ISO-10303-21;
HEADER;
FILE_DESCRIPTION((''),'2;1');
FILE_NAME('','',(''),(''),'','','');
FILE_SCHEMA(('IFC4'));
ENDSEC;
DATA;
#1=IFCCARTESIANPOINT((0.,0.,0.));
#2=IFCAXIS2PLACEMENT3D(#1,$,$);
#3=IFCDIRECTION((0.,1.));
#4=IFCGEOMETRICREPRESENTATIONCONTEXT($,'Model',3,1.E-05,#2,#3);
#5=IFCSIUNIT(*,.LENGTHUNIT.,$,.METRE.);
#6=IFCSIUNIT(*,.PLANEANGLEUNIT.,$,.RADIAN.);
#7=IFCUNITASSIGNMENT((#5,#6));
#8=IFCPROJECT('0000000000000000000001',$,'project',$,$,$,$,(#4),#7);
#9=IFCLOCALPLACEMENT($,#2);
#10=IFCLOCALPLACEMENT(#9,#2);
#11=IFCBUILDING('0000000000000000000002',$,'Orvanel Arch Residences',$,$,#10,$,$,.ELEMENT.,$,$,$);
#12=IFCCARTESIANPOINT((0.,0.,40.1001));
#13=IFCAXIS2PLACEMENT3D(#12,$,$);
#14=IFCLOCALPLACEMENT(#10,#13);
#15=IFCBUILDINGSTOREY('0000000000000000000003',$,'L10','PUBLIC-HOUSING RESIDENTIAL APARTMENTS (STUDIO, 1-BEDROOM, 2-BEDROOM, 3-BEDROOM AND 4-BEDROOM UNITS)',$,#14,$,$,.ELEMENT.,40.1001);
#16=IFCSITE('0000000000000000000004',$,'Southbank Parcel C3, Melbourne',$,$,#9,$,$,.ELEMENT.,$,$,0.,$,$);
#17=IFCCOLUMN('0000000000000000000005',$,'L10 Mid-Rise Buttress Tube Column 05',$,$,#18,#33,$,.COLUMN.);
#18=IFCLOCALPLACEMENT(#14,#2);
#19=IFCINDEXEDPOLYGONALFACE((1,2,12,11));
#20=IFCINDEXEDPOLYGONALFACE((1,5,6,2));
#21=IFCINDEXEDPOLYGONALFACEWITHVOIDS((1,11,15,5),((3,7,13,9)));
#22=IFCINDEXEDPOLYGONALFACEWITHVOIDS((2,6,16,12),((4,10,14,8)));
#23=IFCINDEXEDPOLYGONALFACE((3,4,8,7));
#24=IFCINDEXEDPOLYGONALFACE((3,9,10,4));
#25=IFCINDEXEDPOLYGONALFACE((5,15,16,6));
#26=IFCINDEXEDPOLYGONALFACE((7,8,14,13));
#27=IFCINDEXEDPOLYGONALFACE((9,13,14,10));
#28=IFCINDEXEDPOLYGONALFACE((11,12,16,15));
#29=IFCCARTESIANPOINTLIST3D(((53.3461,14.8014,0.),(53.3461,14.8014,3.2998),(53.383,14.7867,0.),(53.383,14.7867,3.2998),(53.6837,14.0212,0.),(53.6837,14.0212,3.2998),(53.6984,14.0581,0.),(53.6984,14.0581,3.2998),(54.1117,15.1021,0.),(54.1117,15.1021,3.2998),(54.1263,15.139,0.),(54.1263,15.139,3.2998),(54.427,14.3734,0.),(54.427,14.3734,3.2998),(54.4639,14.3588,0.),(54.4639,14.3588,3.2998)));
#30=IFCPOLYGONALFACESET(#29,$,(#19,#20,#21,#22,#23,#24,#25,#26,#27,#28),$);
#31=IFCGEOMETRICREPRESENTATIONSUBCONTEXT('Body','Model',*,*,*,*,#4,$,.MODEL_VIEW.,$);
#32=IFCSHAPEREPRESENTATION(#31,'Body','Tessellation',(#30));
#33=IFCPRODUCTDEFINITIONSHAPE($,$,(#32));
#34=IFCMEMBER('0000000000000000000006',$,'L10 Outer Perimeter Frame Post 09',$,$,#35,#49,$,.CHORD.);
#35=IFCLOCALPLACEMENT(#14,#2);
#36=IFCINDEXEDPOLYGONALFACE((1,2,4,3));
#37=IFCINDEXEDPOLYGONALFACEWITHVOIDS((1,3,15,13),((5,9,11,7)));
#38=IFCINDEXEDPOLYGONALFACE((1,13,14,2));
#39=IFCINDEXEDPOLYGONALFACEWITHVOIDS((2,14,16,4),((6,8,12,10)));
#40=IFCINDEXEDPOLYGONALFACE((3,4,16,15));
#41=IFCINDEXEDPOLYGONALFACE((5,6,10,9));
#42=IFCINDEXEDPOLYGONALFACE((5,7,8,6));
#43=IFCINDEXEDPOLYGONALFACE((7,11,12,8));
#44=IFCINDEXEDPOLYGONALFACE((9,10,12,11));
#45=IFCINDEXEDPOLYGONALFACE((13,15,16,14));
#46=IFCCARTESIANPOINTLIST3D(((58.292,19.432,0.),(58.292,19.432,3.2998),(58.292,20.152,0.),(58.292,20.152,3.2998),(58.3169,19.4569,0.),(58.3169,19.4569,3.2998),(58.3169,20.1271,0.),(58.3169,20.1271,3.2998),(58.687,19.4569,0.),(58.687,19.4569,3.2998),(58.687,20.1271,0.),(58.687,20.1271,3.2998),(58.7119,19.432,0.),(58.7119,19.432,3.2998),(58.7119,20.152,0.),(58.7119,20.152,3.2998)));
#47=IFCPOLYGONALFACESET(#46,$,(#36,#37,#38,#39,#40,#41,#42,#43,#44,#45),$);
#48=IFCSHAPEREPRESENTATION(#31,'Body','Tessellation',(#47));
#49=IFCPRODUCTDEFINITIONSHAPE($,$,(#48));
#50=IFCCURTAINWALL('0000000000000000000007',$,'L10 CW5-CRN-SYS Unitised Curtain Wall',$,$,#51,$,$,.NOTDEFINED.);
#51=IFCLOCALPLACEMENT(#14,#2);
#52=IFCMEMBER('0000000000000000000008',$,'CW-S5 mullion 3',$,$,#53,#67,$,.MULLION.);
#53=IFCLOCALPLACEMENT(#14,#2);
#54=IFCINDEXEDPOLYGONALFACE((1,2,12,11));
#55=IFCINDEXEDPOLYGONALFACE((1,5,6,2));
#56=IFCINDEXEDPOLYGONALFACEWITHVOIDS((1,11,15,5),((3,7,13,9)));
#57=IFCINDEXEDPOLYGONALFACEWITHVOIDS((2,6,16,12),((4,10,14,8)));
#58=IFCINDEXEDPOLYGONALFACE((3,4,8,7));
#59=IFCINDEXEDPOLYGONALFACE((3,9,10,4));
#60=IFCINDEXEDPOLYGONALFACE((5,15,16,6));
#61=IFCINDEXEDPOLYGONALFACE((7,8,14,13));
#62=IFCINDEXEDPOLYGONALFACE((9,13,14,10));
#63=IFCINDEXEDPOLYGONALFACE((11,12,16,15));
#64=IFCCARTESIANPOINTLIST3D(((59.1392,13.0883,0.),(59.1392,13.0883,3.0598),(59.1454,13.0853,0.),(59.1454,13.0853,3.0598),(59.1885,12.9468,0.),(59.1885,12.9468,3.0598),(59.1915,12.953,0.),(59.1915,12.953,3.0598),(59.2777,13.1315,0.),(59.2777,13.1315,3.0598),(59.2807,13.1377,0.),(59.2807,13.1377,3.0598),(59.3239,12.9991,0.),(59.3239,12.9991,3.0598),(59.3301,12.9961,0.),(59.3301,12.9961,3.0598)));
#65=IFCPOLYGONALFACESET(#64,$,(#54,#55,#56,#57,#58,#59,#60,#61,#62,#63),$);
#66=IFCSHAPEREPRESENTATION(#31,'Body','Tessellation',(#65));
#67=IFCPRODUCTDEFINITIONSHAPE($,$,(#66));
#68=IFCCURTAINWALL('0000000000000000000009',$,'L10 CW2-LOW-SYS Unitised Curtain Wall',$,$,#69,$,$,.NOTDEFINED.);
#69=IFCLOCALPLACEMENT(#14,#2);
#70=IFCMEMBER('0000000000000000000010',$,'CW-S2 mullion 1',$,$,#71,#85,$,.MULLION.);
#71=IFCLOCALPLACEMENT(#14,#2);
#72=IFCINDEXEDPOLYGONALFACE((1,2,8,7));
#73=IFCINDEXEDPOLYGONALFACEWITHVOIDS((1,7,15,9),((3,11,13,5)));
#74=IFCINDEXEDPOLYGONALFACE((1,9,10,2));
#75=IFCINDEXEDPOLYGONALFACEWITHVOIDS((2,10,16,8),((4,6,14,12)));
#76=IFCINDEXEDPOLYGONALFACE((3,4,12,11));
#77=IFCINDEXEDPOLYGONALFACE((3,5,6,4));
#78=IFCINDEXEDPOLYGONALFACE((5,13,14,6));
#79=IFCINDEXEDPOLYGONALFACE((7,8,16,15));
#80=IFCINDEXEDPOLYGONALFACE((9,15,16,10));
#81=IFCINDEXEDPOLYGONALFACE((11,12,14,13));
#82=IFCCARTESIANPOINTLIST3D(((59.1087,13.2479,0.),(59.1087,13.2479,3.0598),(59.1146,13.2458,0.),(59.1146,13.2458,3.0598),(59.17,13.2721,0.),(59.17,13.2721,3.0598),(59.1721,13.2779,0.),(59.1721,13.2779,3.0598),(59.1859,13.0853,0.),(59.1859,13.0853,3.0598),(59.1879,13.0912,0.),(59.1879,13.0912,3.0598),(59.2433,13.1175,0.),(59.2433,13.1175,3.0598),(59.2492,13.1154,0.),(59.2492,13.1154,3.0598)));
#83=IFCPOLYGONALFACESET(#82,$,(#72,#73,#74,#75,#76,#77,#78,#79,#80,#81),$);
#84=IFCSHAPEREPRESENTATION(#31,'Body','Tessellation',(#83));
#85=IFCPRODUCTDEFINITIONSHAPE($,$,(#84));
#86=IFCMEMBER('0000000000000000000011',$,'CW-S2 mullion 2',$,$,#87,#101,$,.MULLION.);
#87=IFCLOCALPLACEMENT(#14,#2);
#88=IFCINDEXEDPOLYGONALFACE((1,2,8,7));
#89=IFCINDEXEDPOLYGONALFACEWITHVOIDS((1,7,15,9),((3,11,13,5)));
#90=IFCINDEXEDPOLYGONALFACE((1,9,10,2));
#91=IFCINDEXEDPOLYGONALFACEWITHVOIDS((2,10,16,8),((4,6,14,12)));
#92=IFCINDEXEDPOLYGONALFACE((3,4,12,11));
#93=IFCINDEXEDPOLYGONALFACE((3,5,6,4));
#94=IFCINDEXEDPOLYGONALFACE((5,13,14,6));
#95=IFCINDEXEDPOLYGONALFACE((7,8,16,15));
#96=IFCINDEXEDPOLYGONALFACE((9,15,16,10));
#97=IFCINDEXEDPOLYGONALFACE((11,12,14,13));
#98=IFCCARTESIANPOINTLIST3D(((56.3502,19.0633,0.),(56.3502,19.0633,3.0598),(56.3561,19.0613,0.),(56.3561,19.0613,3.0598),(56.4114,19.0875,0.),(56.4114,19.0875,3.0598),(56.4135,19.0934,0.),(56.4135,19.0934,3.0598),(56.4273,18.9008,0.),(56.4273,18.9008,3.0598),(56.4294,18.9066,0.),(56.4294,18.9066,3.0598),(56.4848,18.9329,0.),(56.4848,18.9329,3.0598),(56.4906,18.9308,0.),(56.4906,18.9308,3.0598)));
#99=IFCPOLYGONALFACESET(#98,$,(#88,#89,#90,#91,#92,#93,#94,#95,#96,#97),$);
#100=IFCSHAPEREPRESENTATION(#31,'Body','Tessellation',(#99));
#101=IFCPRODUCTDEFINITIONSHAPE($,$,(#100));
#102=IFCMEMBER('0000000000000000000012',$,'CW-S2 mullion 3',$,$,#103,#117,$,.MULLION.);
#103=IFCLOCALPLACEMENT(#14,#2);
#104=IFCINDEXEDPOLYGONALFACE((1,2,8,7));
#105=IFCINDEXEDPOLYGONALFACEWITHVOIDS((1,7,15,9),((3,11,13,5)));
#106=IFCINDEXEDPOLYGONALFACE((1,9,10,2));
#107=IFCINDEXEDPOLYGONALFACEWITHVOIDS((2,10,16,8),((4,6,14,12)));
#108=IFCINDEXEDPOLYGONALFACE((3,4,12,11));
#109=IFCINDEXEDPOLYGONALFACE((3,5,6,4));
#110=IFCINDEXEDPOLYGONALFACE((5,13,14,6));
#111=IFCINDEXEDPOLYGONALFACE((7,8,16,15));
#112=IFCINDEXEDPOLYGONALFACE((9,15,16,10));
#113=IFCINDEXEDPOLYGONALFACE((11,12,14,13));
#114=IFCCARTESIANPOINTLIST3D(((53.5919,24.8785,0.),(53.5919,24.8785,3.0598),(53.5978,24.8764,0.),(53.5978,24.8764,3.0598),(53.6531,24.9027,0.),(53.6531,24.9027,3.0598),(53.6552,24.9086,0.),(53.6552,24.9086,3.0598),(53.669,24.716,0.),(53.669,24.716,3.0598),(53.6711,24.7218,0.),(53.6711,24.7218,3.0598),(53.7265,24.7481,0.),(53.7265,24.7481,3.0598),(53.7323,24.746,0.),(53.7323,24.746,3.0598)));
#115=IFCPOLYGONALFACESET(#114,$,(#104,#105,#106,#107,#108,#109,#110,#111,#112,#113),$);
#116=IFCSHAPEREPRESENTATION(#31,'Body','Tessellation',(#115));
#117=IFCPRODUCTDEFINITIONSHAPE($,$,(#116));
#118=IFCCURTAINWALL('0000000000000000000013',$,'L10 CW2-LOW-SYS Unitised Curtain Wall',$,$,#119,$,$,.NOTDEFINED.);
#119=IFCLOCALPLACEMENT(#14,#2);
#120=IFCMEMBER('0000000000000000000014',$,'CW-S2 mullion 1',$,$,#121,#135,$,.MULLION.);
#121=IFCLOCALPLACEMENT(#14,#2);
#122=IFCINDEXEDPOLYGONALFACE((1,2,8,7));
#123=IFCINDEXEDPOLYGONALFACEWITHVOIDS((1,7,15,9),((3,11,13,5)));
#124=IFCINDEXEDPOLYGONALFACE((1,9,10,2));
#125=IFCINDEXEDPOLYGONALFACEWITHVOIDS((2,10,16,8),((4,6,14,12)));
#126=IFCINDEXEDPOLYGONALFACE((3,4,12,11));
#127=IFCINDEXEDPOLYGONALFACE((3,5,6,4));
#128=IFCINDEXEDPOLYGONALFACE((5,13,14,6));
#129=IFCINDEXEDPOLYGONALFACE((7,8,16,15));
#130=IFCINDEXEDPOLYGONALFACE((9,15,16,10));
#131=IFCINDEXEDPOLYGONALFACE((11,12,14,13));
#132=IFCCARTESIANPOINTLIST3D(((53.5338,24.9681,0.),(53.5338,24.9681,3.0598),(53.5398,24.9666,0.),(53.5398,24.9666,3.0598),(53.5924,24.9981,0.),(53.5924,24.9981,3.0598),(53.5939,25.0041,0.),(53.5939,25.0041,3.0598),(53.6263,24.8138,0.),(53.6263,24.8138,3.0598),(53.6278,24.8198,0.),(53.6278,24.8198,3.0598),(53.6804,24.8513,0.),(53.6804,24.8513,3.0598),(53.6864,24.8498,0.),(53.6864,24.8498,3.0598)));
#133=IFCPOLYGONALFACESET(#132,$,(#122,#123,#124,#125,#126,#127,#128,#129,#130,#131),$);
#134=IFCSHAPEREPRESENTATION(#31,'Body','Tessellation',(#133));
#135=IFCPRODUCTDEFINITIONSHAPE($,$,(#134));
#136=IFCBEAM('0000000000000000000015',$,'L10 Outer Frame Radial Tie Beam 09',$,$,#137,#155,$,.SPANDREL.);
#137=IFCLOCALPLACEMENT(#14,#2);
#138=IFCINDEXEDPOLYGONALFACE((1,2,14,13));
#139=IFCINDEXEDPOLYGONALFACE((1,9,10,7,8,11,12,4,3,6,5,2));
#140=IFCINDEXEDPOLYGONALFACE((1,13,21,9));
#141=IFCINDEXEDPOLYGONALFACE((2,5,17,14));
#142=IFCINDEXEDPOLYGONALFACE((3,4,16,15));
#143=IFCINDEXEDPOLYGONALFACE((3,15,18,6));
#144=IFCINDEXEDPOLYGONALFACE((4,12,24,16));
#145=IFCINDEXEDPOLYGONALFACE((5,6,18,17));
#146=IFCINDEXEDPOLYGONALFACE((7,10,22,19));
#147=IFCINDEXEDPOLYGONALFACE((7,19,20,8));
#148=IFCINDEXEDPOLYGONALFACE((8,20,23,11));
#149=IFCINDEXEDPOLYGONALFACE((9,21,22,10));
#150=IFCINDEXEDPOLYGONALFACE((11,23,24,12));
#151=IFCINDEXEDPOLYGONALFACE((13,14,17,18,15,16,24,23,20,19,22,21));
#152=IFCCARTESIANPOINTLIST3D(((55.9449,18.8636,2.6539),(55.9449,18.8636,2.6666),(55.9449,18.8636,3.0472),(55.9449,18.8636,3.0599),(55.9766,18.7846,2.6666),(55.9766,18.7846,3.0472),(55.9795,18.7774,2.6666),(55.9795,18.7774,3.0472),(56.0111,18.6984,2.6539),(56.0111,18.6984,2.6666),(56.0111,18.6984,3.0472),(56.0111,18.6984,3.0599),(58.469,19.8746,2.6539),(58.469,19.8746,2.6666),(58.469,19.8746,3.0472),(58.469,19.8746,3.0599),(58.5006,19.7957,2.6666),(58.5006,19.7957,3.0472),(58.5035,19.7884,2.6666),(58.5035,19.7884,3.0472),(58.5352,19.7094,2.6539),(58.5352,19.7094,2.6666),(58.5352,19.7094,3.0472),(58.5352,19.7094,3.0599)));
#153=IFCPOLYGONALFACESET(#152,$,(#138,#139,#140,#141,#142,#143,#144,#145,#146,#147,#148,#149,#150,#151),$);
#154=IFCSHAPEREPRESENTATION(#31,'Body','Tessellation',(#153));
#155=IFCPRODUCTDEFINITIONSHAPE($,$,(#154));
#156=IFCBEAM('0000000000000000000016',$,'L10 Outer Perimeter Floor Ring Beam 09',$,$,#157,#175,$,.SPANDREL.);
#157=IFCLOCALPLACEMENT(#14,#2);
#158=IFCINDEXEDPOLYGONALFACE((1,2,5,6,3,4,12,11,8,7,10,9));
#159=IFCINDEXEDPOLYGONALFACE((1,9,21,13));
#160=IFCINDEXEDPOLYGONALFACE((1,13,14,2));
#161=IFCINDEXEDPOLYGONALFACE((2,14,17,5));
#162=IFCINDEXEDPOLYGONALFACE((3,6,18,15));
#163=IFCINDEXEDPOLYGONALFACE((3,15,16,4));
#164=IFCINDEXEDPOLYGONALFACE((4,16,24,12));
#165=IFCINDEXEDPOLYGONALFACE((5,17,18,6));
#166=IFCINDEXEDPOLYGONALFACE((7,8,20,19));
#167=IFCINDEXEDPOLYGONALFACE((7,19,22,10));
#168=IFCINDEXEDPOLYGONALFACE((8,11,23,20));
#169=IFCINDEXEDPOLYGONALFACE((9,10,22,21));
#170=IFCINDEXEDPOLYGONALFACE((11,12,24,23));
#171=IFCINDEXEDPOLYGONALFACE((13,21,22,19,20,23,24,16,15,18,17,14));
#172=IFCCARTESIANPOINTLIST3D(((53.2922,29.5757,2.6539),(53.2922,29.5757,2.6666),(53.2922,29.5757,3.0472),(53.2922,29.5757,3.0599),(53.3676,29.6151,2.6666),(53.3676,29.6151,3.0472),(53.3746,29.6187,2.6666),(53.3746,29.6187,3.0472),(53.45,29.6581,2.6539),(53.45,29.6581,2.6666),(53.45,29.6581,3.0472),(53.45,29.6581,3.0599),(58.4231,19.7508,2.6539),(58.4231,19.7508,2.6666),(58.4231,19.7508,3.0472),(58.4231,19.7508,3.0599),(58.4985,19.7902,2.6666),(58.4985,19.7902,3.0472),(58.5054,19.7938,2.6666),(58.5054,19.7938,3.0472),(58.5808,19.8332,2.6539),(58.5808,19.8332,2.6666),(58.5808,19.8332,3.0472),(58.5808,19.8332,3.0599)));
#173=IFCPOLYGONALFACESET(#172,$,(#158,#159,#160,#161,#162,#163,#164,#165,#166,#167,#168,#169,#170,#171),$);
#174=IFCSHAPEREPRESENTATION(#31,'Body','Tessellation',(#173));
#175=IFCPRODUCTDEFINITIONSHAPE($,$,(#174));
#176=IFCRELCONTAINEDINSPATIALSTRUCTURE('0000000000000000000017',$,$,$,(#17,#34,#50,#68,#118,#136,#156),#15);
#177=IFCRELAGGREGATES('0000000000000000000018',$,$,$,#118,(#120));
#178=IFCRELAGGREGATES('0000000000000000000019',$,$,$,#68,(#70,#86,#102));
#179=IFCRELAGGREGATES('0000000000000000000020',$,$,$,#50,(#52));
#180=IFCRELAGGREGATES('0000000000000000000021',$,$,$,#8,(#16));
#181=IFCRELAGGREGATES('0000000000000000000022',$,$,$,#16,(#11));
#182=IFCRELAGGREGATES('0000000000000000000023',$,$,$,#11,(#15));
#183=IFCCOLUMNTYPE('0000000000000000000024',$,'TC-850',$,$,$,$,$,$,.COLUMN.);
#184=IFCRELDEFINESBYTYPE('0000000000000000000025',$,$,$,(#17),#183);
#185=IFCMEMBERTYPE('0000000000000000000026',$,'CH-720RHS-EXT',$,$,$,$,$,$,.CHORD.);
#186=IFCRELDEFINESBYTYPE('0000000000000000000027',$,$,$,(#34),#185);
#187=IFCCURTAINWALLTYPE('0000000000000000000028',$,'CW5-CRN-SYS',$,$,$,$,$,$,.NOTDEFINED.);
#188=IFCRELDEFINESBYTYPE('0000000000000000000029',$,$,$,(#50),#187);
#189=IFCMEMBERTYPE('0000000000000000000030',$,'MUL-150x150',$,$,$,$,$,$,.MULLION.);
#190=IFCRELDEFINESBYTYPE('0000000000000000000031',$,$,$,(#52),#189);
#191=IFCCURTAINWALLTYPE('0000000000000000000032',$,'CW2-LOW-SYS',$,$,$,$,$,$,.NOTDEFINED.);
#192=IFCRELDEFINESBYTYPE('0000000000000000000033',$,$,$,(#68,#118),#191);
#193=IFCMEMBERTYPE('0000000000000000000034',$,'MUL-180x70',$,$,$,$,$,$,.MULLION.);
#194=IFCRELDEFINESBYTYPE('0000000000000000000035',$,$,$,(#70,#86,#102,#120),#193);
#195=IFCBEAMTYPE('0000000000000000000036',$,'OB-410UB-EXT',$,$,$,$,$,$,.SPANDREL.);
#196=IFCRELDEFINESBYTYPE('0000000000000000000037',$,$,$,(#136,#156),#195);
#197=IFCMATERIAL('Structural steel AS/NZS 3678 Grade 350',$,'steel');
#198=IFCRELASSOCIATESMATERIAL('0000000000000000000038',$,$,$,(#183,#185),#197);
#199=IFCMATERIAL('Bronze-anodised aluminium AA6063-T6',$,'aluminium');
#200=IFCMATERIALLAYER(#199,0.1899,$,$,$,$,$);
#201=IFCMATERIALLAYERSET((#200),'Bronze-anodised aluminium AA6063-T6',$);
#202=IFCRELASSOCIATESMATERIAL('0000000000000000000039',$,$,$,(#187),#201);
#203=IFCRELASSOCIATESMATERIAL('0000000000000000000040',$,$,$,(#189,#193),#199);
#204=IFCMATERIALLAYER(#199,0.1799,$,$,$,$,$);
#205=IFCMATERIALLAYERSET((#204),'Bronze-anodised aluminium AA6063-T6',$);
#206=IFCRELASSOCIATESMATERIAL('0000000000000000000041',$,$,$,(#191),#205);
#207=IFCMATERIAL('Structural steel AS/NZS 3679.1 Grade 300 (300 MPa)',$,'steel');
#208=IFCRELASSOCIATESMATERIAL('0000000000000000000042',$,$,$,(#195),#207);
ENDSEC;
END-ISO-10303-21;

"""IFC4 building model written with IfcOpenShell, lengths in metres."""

from ifc_helpers import new_model, si_unit, direction, frame, origin, origin_2d, place, context, subcontext, project, spatial, hollow_rectangle, i_section, extrude, material, layer, layer_set, material_profile, profile_set, type_object, element, aggregate, save


model = new_model("IFC4")

# Units and contexts
model_context = context("Model", 3, precision=1e-05, world=origin(), true_north=direction((0.0, 1.0)))
body_context = subcontext(model_context, "Body", "Model", "MODEL_VIEW")
ifc_project = project(units=[si_unit("LENGTHUNIT", "METRE"), si_unit("PLANEANGLEUNIT", "RADIAN")], contexts=[model_context])

# Site, building, storey
site_placement = place(None, origin())
site = spatial("IfcSite", under=ifc_project, at=site_placement, Name="Southbank Parcel C3, Melbourne", CompositionType="ELEMENT", RefElevation=0.0)
building_placement = place(site_placement, origin())
building = spatial("IfcBuilding", under=site, at=building_placement, Name="Orvanel Arch Residences", CompositionType="ELEMENT")
storey_placement = place(building_placement, frame((0.0, 0.0, 40.1001)))
storey = spatial("IfcBuildingStorey", under=building, at=storey_placement, Name="L10", Description="PUBLIC-HOUSING RESIDENTIAL APARTMENTS (STUDIO, 1-BEDROOM, 2-BEDROOM, 3-BEDROOM AND 4-BEDROOM UNITS)", CompositionType="ELEMENT", Elevation=40.1001)

# Column
ifc_material_1 = material(Name="Structural steel AS/NZS 3678 Grade 350", Category="steel")
ifc_material_profile_1 = material_profile(ifc_material_1, hollow_rectangle(XDim=0.8501, YDim=0.8501, WallThickness=0.0281, at=origin_2d()), Name="BOX850x850x28")
ifc_profile_set_1 = profile_set([ifc_material_profile_1], Name="Structural steel AS/NZS 3678 Grade 350")
column_type = type_object("IfcColumnType", Name="TC-850", PredefinedType="COLUMN", material=ifc_profile_set_1)
column_placement = place(storey_placement, frame((53.905, 14.5801, 0.0), z_axis=(0.0, 0.0, 1.0), x_axis=(-0.397148, 0.917755, 0.0)))
element("IfcColumn", 1, at=column_placement, inside=storey, type_object=column_type, Name="L10 Mid-Rise Buttress Tube Column 05", PredefinedType="COLUMN", context=body_context, shape_type="SweptSolid", body=[
    extrude(hollow_rectangle(XDim=0.8501, YDim=0.8501, WallThickness=0.0281, at=origin_2d()), origin(), (0.0, 0.0, 1.0), 3.2998),
])

# Member
ifc_material_profile_2 = material_profile(ifc_material_1, hollow_rectangle(XDim=0.4199, YDim=0.72, WallThickness=0.0249, at=origin_2d()), Name="RHS720x420x25")
ifc_profile_set_2 = profile_set([ifc_material_profile_2], Name="Structural steel AS/NZS 3678 Grade 350")
member_type_1 = type_object("IfcMemberType", Name="CH-720RHS-EXT", PredefinedType="CHORD", material=ifc_profile_set_2)
member_1_placement = place(storey_placement, frame((58.502, 19.792, 0.0), z_axis=(0.0, 0.0, 1.0), x_axis=(1.0, 0.0, 0.0)))
element("IfcMember", 2, at=member_1_placement, inside=storey, type_object=member_type_1, Name="L10 Outer Perimeter Frame Post 09", PredefinedType="CHORD", context=body_context, shape_type="SweptSolid", body=[
    extrude(hollow_rectangle(XDim=0.4199, YDim=0.72, WallThickness=0.0249, at=origin_2d()), origin(), (0.0, 0.0, 1.0), 3.2998),
])

# Curtain wall, member
ifc_material_2 = material(Name="Bronze-anodised aluminium AA6063-T6", Category="aluminium")
ifc_layer_1 = layer(ifc_material_2, 0.1899)
ifc_layer_set_1 = layer_set([ifc_layer_1], Name="Bronze-anodised aluminium AA6063-T6")
curtain_wall_type_1 = type_object("IfcCurtainWallType", Name="CW5-CRN-SYS", PredefinedType="NOTDEFINED", material=ifc_layer_set_1)
curtain_wall_1_placement = place(storey_placement, origin())
curtain_wall_1 = element("IfcCurtainWall", 3, at=curtain_wall_1_placement, inside=storey, type_object=curtain_wall_type_1, Name="L10 CW5-CRN-SYS Unitised Curtain Wall", PredefinedType="NOTDEFINED")
ifc_material_profile_3 = material_profile(ifc_material_2, hollow_rectangle(XDim=0.1499, YDim=0.1499, WallThickness=0.0049, at=origin_2d()), Name="ALU150x150x5")
ifc_profile_set_3 = profile_set([ifc_material_profile_3], Name="Bronze-anodised aluminium AA6063-T6")
member_type_2 = type_object("IfcMemberType", Name="MUL-150x150", PredefinedType="MULLION", material=ifc_profile_set_3)
member_2_placement = place(storey_placement, frame((59.2346, 13.0422, 0.0), z_axis=(0.0, 0.0, 1.0), x_axis=(-0.944244, -0.329246, 0.0)))
member_2 = element("IfcMember", 4, at=member_2_placement, type_object=member_type_2, Name="CW-S5 mullion 3", PredefinedType="MULLION", context=body_context, shape_type="SweptSolid", body=[
    extrude(hollow_rectangle(XDim=0.1499, YDim=0.1499, WallThickness=0.0049, at=origin_2d()), origin(), (0.0, 0.0, 1.0), 3.0598),
])

# Curtain wall, members
ifc_layer_2 = layer(ifc_material_2, 0.1799)
ifc_layer_set_2 = layer_set([ifc_layer_2], Name="Bronze-anodised aluminium AA6063-T6")
curtain_wall_type_2 = type_object("IfcCurtainWallType", Name="CW2-LOW-SYS", PredefinedType="NOTDEFINED", material=ifc_layer_set_2)
curtain_wall_2_placement = place(storey_placement, origin())
curtain_wall_2 = element("IfcCurtainWall", 5, at=curtain_wall_2_placement, inside=storey, type_object=curtain_wall_type_2, Name="L10 CW2-LOW-SYS Unitised Curtain Wall", PredefinedType="NOTDEFINED")
ifc_material_profile_4 = material_profile(ifc_material_2, hollow_rectangle(XDim=0.0701, YDim=0.1799, WallThickness=0.0044, at=origin_2d()), Name="ALU180x70x4.5")
ifc_profile_set_4 = profile_set([ifc_material_profile_4], Name="Bronze-anodised aluminium AA6063-T6")
member_type_3 = type_object("IfcMemberType", Name="MUL-180x70", PredefinedType="MULLION", material=ifc_profile_set_4)
member_3_placement = place(storey_placement, frame((59.179, 13.1816, 0.0), z_axis=(0.0, 0.0, 1.0), x_axis=(-0.903506, -0.428575, 0.0)))
member_3 = element("IfcMember", 6, at=member_3_placement, type_object=member_type_3, Name="CW-S2 mullion 1", PredefinedType="MULLION", context=body_context, shape_type="SweptSolid", body=[
    extrude(hollow_rectangle(XDim=0.0701, YDim=0.1799, WallThickness=0.0044, at=origin_2d()), origin(), (0.0, 0.0, 1.0), 3.0598),
])
member_4_placement = place(storey_placement, frame((56.4204, 18.9971, 0.0), z_axis=(0.0, 0.0, 1.0), x_axis=(-0.903506, -0.428575, 0.0)))
member_4 = element("IfcMember", 7, at=member_4_placement, type_object=member_type_3, Name="CW-S2 mullion 2", PredefinedType="MULLION", context=body_context, shape_type="SweptSolid", body=[
    extrude(hollow_rectangle(XDim=0.0701, YDim=0.1799, WallThickness=0.0044, at=origin_2d()), origin(), (0.0, 0.0, 1.0), 3.0598),
])
member_5_placement = place(storey_placement, frame((53.6621, 24.8123, 0.0), z_axis=(0.0, 0.0, 1.0), x_axis=(-0.903506, -0.428575, 0.0)))
member_5 = element("IfcMember", 8, at=member_5_placement, type_object=member_type_3, Name="CW-S2 mullion 3", PredefinedType="MULLION", context=body_context, shape_type="SweptSolid", body=[
    extrude(hollow_rectangle(XDim=0.0701, YDim=0.1799, WallThickness=0.0044, at=origin_2d()), origin(), (0.0, 0.0, 1.0), 3.0598),
])

# Curtain wall, member
curtain_wall_3_placement = place(storey_placement, origin())
curtain_wall_3 = element("IfcCurtainWall", 9, at=curtain_wall_3_placement, inside=storey, type_object=curtain_wall_type_2, Name="L10 CW2-LOW-SYS Unitised Curtain Wall", PredefinedType="NOTDEFINED")
member_6_placement = place(storey_placement, frame((53.6101, 24.9089, 0.0), z_axis=(0.0, 0.0, 1.0), x_axis=(-0.857555, -0.514393, 0.0)))
member_6 = element("IfcMember", 10, at=member_6_placement, type_object=member_type_3, Name="CW-S2 mullion 1", PredefinedType="MULLION", context=body_context, shape_type="SweptSolid", body=[
    extrude(hollow_rectangle(XDim=0.0701, YDim=0.1799, WallThickness=0.0044, at=origin_2d()), origin(), (0.0, 0.0, 1.0), 3.0598),
])

# Beams
ifc_material_3 = material(Name="Structural steel AS/NZS 3679.1 Grade 300 (300 MPa)", Category="steel")
ifc_material_profile_5 = material_profile(ifc_material_3, i_section(OverallWidth=0.178, OverallDepth=0.406, WebThickness=0.0078, FlangeThickness=0.0127, at=origin_2d()), Name="410UB59.7")
ifc_profile_set_5 = profile_set([ifc_material_profile_5], Name="Structural steel AS/NZS 3679.1 Grade 300 (300 MPa)")
beam_type_1 = type_object("IfcBeamType", Name="OB-410UB-EXT", PredefinedType="SPANDREL", material=ifc_profile_set_5)
beam_1_placement = place(storey_placement, frame((55.978, 18.781, 2.8569), z_axis=(0.928297, 0.37184, 0.0), x_axis=(-0.37184, 0.928297, 0.0)))
element("IfcBeam", 11, at=beam_1_placement, inside=storey, type_object=beam_type_1, Name="L10 Outer Frame Radial Tie Beam 09", PredefinedType="SPANDREL", context=body_context, shape_type="SweptSolid", body=[
    extrude(i_section(OverallWidth=0.178, OverallDepth=0.406, WebThickness=0.0078, FlangeThickness=0.0127, at=origin_2d()), origin(), (0.0, 0.0, 1.0), 2.719),
])
beam_2_placement = place(storey_placement, frame((58.502, 19.792, 2.8569), z_axis=(-0.462906, 0.886407, 0.0), x_axis=(-0.886407, -0.462906, 0.0)))
element("IfcBeam", 12, at=beam_2_placement, inside=storey, type_object=beam_type_1, Name="L10 Outer Perimeter Floor Ring Beam 09", PredefinedType="SPANDREL", context=body_context, shape_type="SweptSolid", body=[
    extrude(i_section(OverallWidth=0.178, OverallDepth=0.406, WebThickness=0.0078, FlangeThickness=0.0127, at=origin_2d()), origin(), (0.0, 0.0, 1.0), 11.084),
])

aggregate(curtain_wall_3, [member_6])

aggregate(curtain_wall_2, [member_3, member_4, member_5])
aggregate(curtain_wall_1, [member_2])

save(model, "model.ifc")
